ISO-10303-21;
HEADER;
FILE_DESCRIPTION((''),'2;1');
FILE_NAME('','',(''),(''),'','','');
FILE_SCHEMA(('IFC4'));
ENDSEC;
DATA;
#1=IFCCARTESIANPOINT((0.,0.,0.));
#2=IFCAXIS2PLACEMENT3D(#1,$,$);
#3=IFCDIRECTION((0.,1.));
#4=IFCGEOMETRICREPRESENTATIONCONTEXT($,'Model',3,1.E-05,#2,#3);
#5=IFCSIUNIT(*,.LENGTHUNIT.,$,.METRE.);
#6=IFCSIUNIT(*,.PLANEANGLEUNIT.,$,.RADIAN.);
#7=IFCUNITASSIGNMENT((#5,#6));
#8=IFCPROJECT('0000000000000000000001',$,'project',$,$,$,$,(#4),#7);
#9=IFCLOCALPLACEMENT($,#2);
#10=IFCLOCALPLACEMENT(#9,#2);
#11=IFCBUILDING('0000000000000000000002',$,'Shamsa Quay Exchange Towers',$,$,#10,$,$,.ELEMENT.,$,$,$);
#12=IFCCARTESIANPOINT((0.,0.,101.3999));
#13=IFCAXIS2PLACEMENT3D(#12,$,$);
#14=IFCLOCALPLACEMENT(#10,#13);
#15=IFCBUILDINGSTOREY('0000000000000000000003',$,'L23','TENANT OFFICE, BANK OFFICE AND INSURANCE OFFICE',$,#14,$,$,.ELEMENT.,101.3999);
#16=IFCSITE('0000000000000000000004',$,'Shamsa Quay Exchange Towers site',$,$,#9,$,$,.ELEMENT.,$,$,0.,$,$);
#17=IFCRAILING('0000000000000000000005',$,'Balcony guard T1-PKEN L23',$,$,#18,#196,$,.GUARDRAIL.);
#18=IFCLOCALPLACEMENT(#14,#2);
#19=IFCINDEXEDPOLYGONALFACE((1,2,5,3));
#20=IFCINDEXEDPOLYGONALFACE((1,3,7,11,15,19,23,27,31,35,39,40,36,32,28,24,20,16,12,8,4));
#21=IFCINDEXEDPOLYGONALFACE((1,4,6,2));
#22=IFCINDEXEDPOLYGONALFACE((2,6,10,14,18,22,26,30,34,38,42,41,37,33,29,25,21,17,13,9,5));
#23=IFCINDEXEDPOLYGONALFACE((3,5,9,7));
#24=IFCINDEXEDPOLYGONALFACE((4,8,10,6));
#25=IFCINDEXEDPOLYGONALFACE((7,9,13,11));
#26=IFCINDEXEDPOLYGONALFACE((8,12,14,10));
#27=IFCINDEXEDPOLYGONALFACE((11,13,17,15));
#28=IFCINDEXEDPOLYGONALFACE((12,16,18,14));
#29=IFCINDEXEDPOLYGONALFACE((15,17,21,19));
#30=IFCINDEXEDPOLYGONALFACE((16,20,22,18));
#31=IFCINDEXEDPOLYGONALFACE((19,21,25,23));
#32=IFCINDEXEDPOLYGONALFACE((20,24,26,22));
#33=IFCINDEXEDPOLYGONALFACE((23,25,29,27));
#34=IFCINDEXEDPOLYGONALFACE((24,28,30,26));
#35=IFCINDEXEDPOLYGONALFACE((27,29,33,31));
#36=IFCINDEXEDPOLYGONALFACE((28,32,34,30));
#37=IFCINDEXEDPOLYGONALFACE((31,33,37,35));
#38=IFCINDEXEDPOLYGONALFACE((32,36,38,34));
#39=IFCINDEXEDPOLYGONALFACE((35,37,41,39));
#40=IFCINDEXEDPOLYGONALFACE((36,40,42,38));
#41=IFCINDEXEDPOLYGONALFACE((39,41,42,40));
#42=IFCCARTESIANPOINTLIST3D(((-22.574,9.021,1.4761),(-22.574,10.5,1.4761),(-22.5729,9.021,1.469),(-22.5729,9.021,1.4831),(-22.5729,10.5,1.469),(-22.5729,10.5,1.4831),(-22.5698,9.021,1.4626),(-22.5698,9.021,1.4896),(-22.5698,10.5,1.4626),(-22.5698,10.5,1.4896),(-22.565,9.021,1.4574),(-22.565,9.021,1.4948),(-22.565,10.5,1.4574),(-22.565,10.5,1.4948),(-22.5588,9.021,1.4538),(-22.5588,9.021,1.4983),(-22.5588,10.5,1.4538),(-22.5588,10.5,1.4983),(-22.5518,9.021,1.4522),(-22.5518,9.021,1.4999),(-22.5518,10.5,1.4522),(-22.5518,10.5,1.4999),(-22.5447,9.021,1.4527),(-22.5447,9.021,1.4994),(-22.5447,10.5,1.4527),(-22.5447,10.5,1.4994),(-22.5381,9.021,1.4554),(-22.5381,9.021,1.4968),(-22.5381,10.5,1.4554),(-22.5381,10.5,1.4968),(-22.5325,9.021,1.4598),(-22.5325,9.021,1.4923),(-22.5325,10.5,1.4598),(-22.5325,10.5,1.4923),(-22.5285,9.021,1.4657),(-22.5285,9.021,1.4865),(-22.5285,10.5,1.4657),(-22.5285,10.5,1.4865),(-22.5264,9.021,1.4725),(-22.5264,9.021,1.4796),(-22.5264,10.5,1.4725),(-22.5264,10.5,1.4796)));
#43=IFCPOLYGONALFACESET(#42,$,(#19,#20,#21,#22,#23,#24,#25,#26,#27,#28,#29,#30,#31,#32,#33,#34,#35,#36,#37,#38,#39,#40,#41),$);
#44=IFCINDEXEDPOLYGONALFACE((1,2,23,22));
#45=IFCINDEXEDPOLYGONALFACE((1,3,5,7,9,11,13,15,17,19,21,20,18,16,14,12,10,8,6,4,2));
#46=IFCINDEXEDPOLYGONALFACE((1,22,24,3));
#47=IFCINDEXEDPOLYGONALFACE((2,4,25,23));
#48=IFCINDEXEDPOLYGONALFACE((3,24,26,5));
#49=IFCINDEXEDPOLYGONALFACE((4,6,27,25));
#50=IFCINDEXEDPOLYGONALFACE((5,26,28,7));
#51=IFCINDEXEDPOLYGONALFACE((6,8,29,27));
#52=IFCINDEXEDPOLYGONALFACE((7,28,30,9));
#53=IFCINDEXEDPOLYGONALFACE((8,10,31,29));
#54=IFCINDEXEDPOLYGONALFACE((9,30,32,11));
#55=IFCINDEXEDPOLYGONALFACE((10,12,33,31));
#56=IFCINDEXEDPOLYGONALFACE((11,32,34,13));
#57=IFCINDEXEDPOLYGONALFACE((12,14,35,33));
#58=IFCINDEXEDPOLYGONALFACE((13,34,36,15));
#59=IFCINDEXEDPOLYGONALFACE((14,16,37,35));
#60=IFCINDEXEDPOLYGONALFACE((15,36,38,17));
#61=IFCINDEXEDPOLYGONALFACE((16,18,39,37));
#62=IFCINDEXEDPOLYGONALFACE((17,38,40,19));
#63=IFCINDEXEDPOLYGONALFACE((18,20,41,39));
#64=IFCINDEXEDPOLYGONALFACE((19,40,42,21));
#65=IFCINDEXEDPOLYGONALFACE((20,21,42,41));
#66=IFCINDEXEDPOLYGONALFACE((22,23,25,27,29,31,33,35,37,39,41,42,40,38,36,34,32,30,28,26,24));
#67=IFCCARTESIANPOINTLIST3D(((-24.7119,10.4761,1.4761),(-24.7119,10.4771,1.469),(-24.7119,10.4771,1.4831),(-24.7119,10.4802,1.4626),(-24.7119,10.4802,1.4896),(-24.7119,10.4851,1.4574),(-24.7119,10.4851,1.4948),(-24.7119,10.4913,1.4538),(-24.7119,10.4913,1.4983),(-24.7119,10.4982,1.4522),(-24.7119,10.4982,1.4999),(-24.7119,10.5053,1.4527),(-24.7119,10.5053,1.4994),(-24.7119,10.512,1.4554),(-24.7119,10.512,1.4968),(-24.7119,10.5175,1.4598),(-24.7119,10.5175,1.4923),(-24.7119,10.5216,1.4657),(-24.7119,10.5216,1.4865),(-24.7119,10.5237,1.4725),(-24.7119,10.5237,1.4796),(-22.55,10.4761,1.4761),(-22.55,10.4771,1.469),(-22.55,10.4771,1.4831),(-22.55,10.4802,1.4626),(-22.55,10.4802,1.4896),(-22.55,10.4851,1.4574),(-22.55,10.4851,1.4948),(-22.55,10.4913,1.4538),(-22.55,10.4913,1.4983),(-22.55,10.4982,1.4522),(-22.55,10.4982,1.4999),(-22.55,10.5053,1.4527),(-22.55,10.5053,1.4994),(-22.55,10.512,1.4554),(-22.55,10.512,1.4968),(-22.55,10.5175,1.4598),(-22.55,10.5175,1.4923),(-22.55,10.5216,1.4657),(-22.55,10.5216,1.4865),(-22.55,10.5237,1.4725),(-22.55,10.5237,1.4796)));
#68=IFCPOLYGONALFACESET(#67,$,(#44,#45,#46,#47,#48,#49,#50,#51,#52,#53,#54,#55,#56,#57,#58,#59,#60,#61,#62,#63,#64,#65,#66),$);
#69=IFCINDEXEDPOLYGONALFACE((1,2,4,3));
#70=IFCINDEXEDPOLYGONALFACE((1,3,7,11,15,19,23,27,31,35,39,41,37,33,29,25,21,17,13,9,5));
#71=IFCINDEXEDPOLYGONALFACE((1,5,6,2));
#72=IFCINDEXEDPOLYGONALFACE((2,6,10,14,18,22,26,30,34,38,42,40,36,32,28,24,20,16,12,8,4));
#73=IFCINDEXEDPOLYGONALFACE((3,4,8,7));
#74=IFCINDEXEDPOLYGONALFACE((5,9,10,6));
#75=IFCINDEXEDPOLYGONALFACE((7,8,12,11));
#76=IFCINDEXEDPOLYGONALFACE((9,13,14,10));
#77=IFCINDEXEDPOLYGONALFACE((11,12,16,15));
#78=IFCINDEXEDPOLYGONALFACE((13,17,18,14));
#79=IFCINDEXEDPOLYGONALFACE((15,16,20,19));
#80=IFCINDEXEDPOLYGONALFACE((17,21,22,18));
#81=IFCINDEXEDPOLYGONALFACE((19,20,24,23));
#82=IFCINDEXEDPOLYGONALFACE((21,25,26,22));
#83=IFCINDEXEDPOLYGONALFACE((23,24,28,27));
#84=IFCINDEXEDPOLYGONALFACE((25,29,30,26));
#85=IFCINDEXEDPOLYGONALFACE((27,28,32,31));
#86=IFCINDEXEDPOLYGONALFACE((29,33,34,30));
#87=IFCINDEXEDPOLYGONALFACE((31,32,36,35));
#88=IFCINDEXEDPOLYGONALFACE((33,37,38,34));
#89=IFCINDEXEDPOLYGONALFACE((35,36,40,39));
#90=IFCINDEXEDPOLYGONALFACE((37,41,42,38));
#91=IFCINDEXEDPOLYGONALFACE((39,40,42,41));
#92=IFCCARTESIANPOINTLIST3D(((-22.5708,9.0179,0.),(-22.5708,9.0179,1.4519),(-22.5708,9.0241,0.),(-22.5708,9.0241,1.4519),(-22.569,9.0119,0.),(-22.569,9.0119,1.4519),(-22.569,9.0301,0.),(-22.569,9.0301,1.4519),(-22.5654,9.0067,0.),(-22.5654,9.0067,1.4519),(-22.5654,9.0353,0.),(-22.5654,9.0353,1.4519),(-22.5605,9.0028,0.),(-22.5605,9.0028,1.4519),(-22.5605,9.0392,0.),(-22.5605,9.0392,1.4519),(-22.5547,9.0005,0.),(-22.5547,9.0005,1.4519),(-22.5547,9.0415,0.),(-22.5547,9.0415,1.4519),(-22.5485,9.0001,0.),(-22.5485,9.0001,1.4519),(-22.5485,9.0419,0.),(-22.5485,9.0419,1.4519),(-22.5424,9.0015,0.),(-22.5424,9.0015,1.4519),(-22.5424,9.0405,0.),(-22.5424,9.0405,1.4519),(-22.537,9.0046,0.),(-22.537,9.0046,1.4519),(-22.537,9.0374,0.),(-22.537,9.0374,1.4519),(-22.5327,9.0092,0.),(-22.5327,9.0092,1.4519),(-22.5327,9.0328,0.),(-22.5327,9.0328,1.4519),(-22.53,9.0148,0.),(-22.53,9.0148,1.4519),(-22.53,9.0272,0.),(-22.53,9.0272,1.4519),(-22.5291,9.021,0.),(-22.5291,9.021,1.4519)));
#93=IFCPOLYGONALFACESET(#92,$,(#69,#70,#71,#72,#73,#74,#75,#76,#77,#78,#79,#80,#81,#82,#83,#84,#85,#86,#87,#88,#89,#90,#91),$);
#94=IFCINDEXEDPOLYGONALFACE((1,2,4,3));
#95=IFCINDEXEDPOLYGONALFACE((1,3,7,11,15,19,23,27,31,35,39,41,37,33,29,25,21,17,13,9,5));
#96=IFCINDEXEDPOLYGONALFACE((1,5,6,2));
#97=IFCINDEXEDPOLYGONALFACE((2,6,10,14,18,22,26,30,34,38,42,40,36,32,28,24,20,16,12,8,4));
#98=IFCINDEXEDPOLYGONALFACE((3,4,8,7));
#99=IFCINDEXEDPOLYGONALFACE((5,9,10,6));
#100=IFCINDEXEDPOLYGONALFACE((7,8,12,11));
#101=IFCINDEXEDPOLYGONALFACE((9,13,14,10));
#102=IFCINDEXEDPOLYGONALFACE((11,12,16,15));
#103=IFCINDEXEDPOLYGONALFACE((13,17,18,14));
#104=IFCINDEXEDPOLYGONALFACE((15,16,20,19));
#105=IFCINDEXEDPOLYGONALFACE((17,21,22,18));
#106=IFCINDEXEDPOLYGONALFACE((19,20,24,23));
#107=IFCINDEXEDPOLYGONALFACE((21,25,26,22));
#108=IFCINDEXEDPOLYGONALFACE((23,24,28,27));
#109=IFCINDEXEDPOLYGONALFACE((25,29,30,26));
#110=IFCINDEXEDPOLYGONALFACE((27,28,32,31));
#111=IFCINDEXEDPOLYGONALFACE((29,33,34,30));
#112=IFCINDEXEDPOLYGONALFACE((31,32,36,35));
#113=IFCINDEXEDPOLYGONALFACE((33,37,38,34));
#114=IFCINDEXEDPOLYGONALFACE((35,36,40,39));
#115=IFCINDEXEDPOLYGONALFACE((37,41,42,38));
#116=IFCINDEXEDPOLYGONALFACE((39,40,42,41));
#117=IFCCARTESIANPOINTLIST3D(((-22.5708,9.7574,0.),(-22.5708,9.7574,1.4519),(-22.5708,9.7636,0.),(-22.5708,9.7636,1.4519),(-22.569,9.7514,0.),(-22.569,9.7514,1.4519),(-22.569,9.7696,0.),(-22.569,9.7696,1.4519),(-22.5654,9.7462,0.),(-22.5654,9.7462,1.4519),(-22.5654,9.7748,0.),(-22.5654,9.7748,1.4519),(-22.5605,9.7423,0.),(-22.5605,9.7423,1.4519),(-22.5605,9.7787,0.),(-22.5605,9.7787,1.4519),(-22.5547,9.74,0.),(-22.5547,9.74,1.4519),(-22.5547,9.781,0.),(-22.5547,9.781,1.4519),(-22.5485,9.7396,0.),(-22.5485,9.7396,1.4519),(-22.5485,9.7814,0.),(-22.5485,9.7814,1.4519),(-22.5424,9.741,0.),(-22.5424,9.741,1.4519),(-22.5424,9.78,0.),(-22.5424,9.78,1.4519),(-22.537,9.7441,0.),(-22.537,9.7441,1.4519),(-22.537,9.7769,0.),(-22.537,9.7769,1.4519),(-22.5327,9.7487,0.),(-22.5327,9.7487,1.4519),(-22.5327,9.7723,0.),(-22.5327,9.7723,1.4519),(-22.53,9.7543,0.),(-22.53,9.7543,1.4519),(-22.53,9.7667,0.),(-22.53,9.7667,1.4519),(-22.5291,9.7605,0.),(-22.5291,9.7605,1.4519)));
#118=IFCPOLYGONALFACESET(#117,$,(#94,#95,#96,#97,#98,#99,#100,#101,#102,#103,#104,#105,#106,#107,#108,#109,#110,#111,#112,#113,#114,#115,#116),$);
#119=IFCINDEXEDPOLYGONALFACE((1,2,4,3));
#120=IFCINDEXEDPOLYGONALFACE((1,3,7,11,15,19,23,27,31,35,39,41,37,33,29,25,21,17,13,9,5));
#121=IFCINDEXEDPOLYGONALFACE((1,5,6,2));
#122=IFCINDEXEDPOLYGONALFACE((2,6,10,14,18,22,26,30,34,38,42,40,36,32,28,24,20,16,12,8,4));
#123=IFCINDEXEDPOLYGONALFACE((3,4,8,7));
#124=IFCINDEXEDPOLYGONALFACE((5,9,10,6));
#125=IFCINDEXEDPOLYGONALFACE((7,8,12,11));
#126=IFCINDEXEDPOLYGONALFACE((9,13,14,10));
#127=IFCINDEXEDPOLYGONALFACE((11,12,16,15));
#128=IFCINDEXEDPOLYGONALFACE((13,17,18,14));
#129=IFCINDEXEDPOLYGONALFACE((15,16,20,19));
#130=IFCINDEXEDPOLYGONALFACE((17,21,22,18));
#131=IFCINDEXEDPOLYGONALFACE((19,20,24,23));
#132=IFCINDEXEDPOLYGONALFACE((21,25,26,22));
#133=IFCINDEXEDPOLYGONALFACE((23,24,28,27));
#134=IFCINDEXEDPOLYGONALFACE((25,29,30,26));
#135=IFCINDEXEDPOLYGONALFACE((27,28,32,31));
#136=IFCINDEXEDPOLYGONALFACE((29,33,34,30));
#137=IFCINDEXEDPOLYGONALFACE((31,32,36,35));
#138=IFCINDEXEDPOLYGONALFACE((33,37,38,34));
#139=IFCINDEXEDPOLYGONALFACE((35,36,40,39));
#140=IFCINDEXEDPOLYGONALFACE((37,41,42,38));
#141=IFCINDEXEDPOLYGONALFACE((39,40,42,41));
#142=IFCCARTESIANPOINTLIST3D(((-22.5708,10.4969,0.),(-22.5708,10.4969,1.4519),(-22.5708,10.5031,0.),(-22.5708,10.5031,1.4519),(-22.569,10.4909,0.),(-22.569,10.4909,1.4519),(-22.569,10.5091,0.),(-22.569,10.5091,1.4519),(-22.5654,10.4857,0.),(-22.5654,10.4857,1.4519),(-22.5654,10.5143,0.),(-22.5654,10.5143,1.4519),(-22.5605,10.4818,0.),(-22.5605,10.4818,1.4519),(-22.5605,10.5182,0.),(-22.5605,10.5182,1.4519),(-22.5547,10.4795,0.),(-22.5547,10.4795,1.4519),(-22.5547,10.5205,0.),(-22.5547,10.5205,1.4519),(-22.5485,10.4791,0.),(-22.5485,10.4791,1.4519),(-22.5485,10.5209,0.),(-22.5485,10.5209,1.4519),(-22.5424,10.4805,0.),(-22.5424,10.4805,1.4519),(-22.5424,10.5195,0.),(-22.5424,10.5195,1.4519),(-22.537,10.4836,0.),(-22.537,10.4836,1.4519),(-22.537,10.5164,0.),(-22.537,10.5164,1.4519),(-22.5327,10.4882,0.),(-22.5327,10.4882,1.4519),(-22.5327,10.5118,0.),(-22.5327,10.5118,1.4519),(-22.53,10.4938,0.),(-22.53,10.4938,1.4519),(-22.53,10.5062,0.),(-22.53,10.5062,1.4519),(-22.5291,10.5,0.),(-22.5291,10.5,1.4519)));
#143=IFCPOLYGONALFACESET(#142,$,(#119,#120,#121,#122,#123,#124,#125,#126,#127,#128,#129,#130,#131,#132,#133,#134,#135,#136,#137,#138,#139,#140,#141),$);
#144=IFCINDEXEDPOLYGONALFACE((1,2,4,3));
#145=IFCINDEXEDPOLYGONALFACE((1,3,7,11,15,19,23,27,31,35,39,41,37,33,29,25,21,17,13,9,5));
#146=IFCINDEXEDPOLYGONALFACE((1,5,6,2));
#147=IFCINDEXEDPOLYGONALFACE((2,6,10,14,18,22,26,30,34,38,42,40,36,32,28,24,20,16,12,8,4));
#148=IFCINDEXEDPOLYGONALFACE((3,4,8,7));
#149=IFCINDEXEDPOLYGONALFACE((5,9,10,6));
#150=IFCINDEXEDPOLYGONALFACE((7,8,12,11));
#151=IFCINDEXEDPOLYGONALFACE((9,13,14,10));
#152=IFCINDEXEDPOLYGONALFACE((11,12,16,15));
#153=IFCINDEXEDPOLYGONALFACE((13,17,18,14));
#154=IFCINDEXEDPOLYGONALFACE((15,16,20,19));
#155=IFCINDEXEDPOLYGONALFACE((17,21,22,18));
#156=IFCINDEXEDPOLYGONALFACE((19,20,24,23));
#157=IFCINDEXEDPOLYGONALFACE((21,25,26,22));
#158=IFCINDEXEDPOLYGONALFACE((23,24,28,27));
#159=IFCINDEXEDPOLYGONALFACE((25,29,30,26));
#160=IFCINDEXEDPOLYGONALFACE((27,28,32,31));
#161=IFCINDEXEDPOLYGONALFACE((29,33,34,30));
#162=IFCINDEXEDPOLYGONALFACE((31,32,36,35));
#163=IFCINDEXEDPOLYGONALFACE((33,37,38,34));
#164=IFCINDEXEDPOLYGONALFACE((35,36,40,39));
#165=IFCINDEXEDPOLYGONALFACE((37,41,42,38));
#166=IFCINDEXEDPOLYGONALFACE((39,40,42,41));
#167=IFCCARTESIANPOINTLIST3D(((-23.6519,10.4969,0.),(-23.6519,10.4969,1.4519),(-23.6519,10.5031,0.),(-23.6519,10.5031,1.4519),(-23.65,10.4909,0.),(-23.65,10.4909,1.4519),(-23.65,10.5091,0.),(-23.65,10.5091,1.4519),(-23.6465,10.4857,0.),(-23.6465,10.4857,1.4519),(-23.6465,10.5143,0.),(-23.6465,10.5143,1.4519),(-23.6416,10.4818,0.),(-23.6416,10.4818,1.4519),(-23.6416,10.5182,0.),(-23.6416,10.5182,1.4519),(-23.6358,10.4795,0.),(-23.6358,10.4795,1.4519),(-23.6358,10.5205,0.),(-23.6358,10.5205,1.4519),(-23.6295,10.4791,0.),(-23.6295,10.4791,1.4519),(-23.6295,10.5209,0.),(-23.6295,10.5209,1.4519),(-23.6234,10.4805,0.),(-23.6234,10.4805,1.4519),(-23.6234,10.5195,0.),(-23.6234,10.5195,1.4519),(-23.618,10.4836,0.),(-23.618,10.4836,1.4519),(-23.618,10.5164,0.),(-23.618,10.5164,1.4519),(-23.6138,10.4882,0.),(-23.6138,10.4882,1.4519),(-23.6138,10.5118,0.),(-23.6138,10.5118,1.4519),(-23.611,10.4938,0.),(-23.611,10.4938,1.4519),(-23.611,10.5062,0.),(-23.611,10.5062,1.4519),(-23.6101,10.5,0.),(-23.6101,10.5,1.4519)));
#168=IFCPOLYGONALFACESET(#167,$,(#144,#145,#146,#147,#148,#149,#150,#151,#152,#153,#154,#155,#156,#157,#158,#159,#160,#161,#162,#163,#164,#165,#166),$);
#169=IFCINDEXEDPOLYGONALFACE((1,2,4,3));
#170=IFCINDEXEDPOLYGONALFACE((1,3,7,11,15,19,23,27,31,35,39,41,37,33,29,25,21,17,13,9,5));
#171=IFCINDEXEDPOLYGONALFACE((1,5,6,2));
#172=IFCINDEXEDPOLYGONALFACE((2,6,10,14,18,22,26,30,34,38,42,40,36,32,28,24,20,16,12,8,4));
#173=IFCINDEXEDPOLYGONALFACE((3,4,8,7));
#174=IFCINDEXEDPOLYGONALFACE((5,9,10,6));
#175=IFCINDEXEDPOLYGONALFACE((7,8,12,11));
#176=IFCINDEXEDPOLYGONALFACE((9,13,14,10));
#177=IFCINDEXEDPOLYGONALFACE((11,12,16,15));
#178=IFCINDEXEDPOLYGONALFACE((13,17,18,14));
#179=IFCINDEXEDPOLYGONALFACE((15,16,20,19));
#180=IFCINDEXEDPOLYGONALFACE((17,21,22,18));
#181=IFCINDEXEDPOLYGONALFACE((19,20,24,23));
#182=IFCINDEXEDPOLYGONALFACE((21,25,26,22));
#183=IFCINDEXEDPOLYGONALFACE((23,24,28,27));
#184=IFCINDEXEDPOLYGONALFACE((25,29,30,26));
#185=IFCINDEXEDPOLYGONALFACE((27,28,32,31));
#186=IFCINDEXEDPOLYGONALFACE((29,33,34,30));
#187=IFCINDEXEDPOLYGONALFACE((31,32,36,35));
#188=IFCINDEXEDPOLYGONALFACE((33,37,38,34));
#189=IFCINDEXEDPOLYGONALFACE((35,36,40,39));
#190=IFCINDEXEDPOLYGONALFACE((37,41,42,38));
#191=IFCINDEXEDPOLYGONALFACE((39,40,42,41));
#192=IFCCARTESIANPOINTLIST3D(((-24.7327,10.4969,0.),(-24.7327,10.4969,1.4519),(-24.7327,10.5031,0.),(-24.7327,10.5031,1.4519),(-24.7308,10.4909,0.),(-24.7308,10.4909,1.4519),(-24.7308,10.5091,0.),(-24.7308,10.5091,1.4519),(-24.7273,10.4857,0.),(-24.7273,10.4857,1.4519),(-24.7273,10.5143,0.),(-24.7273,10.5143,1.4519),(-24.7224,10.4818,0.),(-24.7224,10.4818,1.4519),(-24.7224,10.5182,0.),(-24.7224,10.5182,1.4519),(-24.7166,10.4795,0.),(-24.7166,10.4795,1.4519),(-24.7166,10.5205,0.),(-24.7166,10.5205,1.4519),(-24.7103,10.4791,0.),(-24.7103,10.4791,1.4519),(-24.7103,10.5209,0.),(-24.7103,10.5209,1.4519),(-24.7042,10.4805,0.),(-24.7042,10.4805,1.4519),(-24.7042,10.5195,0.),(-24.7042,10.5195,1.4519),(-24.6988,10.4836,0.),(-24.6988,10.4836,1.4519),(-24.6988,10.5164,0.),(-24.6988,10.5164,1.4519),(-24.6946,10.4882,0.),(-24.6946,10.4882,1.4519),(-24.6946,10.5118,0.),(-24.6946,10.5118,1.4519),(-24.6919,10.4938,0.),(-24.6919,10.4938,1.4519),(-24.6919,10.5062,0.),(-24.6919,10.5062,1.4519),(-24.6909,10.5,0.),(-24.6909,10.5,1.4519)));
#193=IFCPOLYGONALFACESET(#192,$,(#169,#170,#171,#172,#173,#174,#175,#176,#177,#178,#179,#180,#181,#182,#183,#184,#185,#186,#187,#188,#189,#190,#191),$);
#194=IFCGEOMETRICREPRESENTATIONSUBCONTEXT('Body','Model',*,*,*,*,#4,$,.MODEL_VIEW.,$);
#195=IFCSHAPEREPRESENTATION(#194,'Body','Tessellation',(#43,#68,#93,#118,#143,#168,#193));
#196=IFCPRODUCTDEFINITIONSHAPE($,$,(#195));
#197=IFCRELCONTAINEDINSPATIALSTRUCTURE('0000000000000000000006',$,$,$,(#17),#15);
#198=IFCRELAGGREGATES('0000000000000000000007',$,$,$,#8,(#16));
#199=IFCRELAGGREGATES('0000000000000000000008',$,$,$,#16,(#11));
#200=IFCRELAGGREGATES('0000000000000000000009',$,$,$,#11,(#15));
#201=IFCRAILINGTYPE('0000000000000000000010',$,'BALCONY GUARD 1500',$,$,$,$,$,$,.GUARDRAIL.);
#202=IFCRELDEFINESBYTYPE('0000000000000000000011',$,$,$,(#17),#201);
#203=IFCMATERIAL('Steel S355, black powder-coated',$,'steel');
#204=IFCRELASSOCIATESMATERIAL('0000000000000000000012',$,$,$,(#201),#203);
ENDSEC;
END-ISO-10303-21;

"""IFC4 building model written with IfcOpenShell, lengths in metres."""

from ifc_helpers import new_model, si_unit, direction, frame, origin, origin_2d, place, context, subcontext, project, spatial, circle, extrude, material, type_object, element, save


model = new_model("IFC4")

# Units and contexts
model_context = context("Model", 3, precision=1e-05, world=origin(), true_north=direction((0.0, 1.0)))
body_context = subcontext(model_context, "Body", "Model", "MODEL_VIEW")
ifc_project = project(units=[si_unit("LENGTHUNIT", "METRE"), si_unit("PLANEANGLEUNIT", "RADIAN")], contexts=[model_context])

# Site, building, storey
site_placement = place(None, origin())
site = spatial("IfcSite", under=ifc_project, at=site_placement, Name="Shamsa Quay Exchange Towers site", CompositionType="ELEMENT", RefElevation=0.0)
building_placement = place(site_placement, origin())
building = spatial("IfcBuilding", under=site, at=building_placement, Name="Shamsa Quay Exchange Towers", CompositionType="ELEMENT")
storey_placement = place(building_placement, frame((0.0, 0.0, 101.3999)))
storey = spatial("IfcBuildingStorey", under=building, at=storey_placement, Name="L23", Description="TENANT OFFICE, BANK OFFICE AND INSURANCE OFFICE", CompositionType="ELEMENT", Elevation=101.3999)

# Railing
ifc_material_1 = material(Name="Steel S355, black powder-coated", Category="steel")
railing_type = type_object("IfcRailingType", Name="BALCONY GUARD 1500", PredefinedType="GUARDRAIL", material=ifc_material_1)
for number, where, name in (
    (1, (-22.55, 9.021, 0.0), "Balcony guard T1-PKEN L23"),
):
    element("IfcRailing", number, at=place(storey_placement, frame(where)), inside=storey, type_object=railing_type, Name=name, PredefinedType="GUARDRAIL", context=body_context, shape_type="SweptSolid", body=[
        extrude(circle(Radius=0.0239, at=origin_2d()), frame((0.0, 0.0, 1.4761), z_axis=(0.0, 1.0, 0.0), x_axis=(-1.0, 0.0, 0.0)), (0.0, 0.0, 1.0), 1.479),
        extrude(circle(Radius=0.0239, at=origin_2d()), frame((0.0, 1.479, 1.4761), z_axis=(-1.0, 0.0, 0.0), x_axis=(0.0, -1.0, 0.0)), (0.0, 0.0, 1.0), 2.1619),
        extrude(circle(Radius=0.021, at=origin_2d()), origin(), (0.0, 0.0, 1.0), 1.4519),
        extrude(circle(Radius=0.021, at=origin_2d()), frame((0.0, 0.7395, 0.0)), (0.0, 0.0, 1.0), 1.4519),
        extrude(circle(Radius=0.021, at=origin_2d()), frame((0.0, 1.479, 0.0)), (0.0, 0.0, 1.0), 1.4519),
        extrude(circle(Radius=0.021, at=origin_2d()), frame((-1.0811, 1.479, 0.0)), (0.0, 0.0, 1.0), 1.4519),
        extrude(circle(Radius=0.021, at=origin_2d()), frame((-2.1619, 1.479, 0.0)), (0.0, 0.0, 1.0), 1.4519),
    ])

save(model, "model.ifc")
